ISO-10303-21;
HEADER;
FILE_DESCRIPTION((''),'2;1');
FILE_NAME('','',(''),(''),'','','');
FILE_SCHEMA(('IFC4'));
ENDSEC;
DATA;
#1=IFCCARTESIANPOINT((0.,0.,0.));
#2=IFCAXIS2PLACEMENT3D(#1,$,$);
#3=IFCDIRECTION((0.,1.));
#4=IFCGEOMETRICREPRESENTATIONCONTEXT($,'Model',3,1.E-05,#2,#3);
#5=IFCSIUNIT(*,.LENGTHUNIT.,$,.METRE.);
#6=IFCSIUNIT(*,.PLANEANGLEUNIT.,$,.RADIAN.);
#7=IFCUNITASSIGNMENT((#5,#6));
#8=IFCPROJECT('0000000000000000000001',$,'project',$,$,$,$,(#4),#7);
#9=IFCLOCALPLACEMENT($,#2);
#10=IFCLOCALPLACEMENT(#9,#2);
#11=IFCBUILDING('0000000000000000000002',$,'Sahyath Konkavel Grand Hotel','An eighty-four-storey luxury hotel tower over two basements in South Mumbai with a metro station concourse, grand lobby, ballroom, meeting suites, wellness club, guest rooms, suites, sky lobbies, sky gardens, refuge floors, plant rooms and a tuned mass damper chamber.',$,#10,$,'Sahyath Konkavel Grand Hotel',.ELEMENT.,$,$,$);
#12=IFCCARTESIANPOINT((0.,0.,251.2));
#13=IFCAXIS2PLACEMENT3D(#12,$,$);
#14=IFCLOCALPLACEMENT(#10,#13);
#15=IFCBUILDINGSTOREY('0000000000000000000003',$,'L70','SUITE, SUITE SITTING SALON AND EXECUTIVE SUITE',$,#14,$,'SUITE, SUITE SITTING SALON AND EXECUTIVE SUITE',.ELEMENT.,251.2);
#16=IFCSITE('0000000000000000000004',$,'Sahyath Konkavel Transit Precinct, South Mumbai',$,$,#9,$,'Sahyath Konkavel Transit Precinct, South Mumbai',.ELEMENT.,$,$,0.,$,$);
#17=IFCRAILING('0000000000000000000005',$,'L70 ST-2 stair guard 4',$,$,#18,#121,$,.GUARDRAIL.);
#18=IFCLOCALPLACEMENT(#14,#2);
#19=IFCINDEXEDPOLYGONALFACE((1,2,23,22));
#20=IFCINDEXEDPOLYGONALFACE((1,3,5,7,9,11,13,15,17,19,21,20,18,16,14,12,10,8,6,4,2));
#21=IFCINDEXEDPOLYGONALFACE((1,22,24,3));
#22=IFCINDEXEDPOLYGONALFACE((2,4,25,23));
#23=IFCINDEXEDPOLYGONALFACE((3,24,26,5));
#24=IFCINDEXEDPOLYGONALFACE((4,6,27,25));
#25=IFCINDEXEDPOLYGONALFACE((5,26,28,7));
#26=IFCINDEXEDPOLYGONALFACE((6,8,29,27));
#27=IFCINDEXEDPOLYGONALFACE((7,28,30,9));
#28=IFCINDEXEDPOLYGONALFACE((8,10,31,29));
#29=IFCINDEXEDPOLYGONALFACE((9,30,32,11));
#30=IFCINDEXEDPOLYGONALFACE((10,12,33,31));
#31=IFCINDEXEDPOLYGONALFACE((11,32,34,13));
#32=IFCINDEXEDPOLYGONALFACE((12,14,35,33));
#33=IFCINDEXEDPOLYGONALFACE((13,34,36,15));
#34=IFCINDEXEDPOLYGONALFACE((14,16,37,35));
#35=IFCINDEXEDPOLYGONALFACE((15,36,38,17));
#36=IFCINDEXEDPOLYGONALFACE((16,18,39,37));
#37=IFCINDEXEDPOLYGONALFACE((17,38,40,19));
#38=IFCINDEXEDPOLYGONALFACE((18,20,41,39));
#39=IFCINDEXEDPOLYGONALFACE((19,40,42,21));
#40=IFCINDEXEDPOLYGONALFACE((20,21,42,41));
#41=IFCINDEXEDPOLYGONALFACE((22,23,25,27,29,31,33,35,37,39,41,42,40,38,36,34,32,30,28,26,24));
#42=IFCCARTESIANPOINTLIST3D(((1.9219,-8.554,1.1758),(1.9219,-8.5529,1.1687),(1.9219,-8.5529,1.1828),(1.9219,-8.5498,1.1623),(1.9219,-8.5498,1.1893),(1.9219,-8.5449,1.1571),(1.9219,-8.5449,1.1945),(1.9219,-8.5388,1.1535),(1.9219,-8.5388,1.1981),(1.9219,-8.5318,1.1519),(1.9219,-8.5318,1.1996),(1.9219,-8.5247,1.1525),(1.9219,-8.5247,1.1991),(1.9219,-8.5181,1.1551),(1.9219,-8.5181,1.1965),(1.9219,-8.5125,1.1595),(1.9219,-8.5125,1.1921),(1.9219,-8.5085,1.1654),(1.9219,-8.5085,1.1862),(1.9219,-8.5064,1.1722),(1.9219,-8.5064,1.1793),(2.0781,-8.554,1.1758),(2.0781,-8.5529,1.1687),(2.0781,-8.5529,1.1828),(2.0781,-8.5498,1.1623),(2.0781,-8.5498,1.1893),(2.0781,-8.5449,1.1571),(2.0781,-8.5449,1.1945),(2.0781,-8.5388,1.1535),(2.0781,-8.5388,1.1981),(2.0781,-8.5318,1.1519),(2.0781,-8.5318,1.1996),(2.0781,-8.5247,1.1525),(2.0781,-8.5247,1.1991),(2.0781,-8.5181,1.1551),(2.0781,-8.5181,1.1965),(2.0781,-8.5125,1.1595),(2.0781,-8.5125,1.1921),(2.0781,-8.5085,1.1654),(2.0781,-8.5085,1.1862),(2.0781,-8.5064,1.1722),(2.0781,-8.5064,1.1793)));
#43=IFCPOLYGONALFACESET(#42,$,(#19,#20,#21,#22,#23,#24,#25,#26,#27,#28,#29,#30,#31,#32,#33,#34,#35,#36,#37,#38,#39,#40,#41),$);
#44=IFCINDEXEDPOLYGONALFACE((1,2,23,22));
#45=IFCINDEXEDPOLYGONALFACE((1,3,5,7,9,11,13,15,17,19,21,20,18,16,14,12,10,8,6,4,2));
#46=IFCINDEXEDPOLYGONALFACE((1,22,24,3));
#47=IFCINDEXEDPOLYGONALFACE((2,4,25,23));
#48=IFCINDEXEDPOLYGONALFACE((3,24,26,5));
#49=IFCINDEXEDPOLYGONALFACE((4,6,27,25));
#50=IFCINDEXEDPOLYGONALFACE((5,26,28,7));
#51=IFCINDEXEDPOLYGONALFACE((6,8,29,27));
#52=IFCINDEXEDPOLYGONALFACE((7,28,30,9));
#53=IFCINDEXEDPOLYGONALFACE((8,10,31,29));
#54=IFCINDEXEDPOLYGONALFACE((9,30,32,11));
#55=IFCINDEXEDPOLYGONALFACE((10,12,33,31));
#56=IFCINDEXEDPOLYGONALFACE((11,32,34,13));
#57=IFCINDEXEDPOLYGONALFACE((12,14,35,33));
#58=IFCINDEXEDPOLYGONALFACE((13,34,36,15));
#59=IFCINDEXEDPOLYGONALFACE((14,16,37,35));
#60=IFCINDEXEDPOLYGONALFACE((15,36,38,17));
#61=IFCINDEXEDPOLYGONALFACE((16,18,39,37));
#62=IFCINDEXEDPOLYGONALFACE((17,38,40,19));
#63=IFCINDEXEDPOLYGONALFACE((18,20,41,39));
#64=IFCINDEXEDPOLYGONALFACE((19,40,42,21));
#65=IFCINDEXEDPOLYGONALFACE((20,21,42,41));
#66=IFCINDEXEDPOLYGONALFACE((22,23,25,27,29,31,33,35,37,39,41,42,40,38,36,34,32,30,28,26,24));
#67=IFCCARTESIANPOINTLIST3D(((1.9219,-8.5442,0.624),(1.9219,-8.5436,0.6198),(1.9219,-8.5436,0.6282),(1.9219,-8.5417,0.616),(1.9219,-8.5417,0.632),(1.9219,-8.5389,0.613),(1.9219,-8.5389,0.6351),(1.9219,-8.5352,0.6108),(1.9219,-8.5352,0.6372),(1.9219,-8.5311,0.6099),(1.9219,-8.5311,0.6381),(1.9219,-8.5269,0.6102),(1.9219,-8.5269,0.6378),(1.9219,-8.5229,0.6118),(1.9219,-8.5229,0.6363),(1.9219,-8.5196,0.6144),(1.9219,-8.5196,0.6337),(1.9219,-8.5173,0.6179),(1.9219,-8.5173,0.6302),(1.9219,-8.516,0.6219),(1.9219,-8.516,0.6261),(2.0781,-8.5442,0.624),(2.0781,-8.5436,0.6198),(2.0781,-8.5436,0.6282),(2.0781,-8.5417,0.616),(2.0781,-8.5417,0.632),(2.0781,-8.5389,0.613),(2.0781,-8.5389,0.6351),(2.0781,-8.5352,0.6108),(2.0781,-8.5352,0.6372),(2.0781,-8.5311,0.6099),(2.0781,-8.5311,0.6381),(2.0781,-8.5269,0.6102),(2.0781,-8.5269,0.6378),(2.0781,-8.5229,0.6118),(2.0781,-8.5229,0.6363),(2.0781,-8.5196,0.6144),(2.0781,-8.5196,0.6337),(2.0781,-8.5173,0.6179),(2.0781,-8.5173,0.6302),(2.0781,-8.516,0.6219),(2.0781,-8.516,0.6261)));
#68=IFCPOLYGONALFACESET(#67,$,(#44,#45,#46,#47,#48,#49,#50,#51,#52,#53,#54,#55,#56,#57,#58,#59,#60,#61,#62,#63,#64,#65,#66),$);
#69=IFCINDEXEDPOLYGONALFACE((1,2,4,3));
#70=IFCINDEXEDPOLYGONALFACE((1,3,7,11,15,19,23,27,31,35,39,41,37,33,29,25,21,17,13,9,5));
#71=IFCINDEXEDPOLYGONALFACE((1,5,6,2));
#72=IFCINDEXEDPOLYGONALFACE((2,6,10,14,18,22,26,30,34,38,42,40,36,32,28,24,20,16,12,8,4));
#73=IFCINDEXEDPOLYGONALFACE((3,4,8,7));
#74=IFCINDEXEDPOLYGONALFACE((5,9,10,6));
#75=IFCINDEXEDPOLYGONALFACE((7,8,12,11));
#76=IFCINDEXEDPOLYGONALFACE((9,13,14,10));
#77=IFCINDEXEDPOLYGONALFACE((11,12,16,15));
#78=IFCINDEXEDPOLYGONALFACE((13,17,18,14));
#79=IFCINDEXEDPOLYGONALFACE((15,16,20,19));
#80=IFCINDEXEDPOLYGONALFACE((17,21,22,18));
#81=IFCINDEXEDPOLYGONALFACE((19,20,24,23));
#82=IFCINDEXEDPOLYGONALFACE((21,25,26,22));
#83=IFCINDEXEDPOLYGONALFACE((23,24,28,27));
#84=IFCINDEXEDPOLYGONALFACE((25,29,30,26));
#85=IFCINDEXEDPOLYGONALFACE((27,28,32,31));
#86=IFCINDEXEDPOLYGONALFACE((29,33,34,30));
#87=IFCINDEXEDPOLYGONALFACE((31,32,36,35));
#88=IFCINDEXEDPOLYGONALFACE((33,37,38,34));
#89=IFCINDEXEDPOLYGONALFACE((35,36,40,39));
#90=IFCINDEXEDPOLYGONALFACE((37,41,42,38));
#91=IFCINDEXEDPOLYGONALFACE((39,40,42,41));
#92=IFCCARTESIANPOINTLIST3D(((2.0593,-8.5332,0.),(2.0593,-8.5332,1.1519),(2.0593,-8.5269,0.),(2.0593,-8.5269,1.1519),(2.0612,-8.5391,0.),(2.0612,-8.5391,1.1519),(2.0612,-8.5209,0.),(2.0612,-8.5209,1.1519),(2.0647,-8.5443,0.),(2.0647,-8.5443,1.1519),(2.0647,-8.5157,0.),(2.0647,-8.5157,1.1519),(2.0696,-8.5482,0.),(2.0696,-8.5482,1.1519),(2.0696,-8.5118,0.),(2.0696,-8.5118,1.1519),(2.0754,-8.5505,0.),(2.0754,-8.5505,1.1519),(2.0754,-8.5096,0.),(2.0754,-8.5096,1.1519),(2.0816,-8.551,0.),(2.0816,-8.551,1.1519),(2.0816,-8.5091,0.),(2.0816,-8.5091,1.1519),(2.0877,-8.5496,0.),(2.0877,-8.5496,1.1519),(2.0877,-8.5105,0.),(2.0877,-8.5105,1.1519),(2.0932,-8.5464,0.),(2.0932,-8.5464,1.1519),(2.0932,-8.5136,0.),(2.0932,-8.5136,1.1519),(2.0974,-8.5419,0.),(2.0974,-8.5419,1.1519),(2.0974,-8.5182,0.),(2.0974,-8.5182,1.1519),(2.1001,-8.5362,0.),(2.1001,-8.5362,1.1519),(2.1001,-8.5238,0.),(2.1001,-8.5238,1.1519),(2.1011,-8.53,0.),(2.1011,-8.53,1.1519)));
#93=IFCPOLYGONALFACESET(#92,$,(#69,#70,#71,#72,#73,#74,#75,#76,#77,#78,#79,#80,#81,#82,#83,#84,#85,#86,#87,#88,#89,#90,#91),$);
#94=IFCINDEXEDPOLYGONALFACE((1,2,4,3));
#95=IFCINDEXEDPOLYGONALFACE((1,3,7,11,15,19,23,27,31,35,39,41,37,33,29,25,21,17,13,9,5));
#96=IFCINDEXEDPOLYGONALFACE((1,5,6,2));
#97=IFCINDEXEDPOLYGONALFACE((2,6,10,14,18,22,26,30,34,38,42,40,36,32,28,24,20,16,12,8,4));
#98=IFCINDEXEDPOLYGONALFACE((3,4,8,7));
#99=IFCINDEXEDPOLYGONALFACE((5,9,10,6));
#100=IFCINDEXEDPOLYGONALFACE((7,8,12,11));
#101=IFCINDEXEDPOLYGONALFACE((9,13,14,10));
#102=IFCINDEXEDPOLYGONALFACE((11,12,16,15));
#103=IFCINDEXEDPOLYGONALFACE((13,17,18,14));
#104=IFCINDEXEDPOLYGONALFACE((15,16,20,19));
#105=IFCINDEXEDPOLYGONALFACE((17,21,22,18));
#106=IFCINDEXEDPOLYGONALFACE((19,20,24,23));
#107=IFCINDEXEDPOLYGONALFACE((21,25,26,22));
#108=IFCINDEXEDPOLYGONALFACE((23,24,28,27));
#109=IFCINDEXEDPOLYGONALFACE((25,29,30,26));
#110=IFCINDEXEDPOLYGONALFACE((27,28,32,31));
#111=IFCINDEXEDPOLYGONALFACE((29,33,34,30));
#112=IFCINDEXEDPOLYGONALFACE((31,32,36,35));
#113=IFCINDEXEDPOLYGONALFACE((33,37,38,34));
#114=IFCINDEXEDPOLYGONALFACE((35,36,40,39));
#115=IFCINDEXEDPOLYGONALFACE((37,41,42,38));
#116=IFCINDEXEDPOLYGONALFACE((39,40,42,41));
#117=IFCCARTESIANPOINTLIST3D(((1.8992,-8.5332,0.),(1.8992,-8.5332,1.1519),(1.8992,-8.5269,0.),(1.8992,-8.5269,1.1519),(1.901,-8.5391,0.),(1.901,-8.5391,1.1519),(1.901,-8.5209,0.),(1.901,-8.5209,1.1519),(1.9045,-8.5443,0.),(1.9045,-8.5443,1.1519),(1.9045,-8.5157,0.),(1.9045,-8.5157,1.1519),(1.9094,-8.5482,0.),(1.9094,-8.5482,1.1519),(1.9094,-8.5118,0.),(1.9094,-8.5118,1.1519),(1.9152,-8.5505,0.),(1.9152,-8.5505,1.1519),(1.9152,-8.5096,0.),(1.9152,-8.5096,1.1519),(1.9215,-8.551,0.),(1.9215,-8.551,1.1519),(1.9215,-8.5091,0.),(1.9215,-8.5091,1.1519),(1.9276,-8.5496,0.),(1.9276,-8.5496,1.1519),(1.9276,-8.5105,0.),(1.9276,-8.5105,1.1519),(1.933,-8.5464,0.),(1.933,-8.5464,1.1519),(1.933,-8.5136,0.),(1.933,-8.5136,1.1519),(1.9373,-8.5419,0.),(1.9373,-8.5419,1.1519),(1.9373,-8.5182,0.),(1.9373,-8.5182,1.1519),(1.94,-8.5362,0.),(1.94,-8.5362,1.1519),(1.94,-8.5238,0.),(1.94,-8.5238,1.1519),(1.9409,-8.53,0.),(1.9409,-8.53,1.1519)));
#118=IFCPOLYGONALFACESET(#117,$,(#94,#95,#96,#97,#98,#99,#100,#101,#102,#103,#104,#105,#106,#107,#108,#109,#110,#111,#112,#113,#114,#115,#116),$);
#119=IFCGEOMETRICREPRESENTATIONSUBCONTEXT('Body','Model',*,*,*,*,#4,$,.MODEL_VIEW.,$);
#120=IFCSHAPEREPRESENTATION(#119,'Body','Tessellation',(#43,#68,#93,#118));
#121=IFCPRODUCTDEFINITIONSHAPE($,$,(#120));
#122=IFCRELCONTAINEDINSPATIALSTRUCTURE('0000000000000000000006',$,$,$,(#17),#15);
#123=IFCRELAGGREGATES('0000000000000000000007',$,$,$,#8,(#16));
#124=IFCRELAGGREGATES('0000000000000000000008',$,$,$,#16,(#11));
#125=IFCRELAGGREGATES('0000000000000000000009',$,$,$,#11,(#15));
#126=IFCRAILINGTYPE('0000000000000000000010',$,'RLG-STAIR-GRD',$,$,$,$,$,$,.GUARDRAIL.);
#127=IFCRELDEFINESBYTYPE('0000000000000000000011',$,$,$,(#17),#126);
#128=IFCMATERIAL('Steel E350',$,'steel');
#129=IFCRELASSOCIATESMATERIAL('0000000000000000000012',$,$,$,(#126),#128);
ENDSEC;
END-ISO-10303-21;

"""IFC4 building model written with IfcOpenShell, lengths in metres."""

from ifc_helpers import new_model, si_unit, direction, frame, origin, origin_2d, place, context, subcontext, project, spatial, circle, extrude, material, type_object, element, save


model = new_model("IFC4")

# Units and contexts
model_context = context("Model", 3, precision=1e-05, world=origin(), true_north=direction((0.0, 1.0)))
body_context = subcontext(model_context, "Body", "Model", "MODEL_VIEW")
ifc_project = project(units=[si_unit("LENGTHUNIT", "METRE"), si_unit("PLANEANGLEUNIT", "RADIAN")], contexts=[model_context])

# Site, building, storey
site_placement = place(None, origin())
site = spatial("IfcSite", under=ifc_project, at=site_placement, Name="Sahyath Konkavel Transit Precinct, South Mumbai", LongName="Sahyath Konkavel Transit Precinct, South Mumbai", CompositionType="ELEMENT", RefElevation=0.0)
building_placement = place(site_placement, origin())
building = spatial("IfcBuilding", under=site, at=building_placement, Name="Sahyath Konkavel Grand Hotel", Description="An eighty-four-storey luxury hotel tower over two basements in South Mumbai with a metro station concourse, grand lobby, ballroom, meeting suites, wellness club, guest rooms, suites, sky lobbies, sky gardens, refuge floors, plant rooms and a tuned mass damper chamber.", LongName="Sahyath Konkavel Grand Hotel", CompositionType="ELEMENT")
storey_placement = place(building_placement, frame((0.0, 0.0, 251.2)))
storey = spatial("IfcBuildingStorey", under=building, at=storey_placement, Name="L70", Description="SUITE, SUITE SITTING SALON AND EXECUTIVE SUITE", LongName="SUITE, SUITE SITTING SALON AND EXECUTIVE SUITE", CompositionType="ELEMENT", Elevation=251.2)

# Shared definitions
ifc_material_1 = material(Name="Steel E350", Category="steel")

# Railing
railing_type_1 = type_object("IfcRailingType", Name="RLG-STAIR-GRD", PredefinedType="GUARDRAIL", material=ifc_material_1)
railing_1_placement = place(storey_placement, frame((2.0801, -8.53, 0.0)))
element("IfcRailing", 1, at=railing_1_placement, inside=storey, type_object=railing_type_1, Name="L70 ST-2 stair guard 4", PredefinedType="GUARDRAIL", context=body_context, shape_type="SweptSolid", body=[
    extrude(circle(Radius=0.0239, at=origin_2d()), frame((-0.002, 0.0, 1.1758), z_axis=(-1.0, 0.0, 0.0), x_axis=(0.0, -1.0, 0.0)), (0.0, 0.0, 1.0), 0.1562),
    extrude(circle(Radius=0.0142, at=origin_2d()), frame((-0.002, 0.0, 0.624), z_axis=(-1.0, 0.0, 0.0), x_axis=(0.0, -1.0, 0.0)), (0.0, 0.0, 1.0), 0.1562),
    extrude(circle(Radius=0.021, at=origin_2d()), origin(), (0.0, 0.0, 1.0), 1.1519),
    extrude(circle(Radius=0.021, at=origin_2d()), frame((-0.1602, 0.0, 0.0)), (0.0, 0.0, 1.0), 1.1519),
])

save(model, "model.ifc")
